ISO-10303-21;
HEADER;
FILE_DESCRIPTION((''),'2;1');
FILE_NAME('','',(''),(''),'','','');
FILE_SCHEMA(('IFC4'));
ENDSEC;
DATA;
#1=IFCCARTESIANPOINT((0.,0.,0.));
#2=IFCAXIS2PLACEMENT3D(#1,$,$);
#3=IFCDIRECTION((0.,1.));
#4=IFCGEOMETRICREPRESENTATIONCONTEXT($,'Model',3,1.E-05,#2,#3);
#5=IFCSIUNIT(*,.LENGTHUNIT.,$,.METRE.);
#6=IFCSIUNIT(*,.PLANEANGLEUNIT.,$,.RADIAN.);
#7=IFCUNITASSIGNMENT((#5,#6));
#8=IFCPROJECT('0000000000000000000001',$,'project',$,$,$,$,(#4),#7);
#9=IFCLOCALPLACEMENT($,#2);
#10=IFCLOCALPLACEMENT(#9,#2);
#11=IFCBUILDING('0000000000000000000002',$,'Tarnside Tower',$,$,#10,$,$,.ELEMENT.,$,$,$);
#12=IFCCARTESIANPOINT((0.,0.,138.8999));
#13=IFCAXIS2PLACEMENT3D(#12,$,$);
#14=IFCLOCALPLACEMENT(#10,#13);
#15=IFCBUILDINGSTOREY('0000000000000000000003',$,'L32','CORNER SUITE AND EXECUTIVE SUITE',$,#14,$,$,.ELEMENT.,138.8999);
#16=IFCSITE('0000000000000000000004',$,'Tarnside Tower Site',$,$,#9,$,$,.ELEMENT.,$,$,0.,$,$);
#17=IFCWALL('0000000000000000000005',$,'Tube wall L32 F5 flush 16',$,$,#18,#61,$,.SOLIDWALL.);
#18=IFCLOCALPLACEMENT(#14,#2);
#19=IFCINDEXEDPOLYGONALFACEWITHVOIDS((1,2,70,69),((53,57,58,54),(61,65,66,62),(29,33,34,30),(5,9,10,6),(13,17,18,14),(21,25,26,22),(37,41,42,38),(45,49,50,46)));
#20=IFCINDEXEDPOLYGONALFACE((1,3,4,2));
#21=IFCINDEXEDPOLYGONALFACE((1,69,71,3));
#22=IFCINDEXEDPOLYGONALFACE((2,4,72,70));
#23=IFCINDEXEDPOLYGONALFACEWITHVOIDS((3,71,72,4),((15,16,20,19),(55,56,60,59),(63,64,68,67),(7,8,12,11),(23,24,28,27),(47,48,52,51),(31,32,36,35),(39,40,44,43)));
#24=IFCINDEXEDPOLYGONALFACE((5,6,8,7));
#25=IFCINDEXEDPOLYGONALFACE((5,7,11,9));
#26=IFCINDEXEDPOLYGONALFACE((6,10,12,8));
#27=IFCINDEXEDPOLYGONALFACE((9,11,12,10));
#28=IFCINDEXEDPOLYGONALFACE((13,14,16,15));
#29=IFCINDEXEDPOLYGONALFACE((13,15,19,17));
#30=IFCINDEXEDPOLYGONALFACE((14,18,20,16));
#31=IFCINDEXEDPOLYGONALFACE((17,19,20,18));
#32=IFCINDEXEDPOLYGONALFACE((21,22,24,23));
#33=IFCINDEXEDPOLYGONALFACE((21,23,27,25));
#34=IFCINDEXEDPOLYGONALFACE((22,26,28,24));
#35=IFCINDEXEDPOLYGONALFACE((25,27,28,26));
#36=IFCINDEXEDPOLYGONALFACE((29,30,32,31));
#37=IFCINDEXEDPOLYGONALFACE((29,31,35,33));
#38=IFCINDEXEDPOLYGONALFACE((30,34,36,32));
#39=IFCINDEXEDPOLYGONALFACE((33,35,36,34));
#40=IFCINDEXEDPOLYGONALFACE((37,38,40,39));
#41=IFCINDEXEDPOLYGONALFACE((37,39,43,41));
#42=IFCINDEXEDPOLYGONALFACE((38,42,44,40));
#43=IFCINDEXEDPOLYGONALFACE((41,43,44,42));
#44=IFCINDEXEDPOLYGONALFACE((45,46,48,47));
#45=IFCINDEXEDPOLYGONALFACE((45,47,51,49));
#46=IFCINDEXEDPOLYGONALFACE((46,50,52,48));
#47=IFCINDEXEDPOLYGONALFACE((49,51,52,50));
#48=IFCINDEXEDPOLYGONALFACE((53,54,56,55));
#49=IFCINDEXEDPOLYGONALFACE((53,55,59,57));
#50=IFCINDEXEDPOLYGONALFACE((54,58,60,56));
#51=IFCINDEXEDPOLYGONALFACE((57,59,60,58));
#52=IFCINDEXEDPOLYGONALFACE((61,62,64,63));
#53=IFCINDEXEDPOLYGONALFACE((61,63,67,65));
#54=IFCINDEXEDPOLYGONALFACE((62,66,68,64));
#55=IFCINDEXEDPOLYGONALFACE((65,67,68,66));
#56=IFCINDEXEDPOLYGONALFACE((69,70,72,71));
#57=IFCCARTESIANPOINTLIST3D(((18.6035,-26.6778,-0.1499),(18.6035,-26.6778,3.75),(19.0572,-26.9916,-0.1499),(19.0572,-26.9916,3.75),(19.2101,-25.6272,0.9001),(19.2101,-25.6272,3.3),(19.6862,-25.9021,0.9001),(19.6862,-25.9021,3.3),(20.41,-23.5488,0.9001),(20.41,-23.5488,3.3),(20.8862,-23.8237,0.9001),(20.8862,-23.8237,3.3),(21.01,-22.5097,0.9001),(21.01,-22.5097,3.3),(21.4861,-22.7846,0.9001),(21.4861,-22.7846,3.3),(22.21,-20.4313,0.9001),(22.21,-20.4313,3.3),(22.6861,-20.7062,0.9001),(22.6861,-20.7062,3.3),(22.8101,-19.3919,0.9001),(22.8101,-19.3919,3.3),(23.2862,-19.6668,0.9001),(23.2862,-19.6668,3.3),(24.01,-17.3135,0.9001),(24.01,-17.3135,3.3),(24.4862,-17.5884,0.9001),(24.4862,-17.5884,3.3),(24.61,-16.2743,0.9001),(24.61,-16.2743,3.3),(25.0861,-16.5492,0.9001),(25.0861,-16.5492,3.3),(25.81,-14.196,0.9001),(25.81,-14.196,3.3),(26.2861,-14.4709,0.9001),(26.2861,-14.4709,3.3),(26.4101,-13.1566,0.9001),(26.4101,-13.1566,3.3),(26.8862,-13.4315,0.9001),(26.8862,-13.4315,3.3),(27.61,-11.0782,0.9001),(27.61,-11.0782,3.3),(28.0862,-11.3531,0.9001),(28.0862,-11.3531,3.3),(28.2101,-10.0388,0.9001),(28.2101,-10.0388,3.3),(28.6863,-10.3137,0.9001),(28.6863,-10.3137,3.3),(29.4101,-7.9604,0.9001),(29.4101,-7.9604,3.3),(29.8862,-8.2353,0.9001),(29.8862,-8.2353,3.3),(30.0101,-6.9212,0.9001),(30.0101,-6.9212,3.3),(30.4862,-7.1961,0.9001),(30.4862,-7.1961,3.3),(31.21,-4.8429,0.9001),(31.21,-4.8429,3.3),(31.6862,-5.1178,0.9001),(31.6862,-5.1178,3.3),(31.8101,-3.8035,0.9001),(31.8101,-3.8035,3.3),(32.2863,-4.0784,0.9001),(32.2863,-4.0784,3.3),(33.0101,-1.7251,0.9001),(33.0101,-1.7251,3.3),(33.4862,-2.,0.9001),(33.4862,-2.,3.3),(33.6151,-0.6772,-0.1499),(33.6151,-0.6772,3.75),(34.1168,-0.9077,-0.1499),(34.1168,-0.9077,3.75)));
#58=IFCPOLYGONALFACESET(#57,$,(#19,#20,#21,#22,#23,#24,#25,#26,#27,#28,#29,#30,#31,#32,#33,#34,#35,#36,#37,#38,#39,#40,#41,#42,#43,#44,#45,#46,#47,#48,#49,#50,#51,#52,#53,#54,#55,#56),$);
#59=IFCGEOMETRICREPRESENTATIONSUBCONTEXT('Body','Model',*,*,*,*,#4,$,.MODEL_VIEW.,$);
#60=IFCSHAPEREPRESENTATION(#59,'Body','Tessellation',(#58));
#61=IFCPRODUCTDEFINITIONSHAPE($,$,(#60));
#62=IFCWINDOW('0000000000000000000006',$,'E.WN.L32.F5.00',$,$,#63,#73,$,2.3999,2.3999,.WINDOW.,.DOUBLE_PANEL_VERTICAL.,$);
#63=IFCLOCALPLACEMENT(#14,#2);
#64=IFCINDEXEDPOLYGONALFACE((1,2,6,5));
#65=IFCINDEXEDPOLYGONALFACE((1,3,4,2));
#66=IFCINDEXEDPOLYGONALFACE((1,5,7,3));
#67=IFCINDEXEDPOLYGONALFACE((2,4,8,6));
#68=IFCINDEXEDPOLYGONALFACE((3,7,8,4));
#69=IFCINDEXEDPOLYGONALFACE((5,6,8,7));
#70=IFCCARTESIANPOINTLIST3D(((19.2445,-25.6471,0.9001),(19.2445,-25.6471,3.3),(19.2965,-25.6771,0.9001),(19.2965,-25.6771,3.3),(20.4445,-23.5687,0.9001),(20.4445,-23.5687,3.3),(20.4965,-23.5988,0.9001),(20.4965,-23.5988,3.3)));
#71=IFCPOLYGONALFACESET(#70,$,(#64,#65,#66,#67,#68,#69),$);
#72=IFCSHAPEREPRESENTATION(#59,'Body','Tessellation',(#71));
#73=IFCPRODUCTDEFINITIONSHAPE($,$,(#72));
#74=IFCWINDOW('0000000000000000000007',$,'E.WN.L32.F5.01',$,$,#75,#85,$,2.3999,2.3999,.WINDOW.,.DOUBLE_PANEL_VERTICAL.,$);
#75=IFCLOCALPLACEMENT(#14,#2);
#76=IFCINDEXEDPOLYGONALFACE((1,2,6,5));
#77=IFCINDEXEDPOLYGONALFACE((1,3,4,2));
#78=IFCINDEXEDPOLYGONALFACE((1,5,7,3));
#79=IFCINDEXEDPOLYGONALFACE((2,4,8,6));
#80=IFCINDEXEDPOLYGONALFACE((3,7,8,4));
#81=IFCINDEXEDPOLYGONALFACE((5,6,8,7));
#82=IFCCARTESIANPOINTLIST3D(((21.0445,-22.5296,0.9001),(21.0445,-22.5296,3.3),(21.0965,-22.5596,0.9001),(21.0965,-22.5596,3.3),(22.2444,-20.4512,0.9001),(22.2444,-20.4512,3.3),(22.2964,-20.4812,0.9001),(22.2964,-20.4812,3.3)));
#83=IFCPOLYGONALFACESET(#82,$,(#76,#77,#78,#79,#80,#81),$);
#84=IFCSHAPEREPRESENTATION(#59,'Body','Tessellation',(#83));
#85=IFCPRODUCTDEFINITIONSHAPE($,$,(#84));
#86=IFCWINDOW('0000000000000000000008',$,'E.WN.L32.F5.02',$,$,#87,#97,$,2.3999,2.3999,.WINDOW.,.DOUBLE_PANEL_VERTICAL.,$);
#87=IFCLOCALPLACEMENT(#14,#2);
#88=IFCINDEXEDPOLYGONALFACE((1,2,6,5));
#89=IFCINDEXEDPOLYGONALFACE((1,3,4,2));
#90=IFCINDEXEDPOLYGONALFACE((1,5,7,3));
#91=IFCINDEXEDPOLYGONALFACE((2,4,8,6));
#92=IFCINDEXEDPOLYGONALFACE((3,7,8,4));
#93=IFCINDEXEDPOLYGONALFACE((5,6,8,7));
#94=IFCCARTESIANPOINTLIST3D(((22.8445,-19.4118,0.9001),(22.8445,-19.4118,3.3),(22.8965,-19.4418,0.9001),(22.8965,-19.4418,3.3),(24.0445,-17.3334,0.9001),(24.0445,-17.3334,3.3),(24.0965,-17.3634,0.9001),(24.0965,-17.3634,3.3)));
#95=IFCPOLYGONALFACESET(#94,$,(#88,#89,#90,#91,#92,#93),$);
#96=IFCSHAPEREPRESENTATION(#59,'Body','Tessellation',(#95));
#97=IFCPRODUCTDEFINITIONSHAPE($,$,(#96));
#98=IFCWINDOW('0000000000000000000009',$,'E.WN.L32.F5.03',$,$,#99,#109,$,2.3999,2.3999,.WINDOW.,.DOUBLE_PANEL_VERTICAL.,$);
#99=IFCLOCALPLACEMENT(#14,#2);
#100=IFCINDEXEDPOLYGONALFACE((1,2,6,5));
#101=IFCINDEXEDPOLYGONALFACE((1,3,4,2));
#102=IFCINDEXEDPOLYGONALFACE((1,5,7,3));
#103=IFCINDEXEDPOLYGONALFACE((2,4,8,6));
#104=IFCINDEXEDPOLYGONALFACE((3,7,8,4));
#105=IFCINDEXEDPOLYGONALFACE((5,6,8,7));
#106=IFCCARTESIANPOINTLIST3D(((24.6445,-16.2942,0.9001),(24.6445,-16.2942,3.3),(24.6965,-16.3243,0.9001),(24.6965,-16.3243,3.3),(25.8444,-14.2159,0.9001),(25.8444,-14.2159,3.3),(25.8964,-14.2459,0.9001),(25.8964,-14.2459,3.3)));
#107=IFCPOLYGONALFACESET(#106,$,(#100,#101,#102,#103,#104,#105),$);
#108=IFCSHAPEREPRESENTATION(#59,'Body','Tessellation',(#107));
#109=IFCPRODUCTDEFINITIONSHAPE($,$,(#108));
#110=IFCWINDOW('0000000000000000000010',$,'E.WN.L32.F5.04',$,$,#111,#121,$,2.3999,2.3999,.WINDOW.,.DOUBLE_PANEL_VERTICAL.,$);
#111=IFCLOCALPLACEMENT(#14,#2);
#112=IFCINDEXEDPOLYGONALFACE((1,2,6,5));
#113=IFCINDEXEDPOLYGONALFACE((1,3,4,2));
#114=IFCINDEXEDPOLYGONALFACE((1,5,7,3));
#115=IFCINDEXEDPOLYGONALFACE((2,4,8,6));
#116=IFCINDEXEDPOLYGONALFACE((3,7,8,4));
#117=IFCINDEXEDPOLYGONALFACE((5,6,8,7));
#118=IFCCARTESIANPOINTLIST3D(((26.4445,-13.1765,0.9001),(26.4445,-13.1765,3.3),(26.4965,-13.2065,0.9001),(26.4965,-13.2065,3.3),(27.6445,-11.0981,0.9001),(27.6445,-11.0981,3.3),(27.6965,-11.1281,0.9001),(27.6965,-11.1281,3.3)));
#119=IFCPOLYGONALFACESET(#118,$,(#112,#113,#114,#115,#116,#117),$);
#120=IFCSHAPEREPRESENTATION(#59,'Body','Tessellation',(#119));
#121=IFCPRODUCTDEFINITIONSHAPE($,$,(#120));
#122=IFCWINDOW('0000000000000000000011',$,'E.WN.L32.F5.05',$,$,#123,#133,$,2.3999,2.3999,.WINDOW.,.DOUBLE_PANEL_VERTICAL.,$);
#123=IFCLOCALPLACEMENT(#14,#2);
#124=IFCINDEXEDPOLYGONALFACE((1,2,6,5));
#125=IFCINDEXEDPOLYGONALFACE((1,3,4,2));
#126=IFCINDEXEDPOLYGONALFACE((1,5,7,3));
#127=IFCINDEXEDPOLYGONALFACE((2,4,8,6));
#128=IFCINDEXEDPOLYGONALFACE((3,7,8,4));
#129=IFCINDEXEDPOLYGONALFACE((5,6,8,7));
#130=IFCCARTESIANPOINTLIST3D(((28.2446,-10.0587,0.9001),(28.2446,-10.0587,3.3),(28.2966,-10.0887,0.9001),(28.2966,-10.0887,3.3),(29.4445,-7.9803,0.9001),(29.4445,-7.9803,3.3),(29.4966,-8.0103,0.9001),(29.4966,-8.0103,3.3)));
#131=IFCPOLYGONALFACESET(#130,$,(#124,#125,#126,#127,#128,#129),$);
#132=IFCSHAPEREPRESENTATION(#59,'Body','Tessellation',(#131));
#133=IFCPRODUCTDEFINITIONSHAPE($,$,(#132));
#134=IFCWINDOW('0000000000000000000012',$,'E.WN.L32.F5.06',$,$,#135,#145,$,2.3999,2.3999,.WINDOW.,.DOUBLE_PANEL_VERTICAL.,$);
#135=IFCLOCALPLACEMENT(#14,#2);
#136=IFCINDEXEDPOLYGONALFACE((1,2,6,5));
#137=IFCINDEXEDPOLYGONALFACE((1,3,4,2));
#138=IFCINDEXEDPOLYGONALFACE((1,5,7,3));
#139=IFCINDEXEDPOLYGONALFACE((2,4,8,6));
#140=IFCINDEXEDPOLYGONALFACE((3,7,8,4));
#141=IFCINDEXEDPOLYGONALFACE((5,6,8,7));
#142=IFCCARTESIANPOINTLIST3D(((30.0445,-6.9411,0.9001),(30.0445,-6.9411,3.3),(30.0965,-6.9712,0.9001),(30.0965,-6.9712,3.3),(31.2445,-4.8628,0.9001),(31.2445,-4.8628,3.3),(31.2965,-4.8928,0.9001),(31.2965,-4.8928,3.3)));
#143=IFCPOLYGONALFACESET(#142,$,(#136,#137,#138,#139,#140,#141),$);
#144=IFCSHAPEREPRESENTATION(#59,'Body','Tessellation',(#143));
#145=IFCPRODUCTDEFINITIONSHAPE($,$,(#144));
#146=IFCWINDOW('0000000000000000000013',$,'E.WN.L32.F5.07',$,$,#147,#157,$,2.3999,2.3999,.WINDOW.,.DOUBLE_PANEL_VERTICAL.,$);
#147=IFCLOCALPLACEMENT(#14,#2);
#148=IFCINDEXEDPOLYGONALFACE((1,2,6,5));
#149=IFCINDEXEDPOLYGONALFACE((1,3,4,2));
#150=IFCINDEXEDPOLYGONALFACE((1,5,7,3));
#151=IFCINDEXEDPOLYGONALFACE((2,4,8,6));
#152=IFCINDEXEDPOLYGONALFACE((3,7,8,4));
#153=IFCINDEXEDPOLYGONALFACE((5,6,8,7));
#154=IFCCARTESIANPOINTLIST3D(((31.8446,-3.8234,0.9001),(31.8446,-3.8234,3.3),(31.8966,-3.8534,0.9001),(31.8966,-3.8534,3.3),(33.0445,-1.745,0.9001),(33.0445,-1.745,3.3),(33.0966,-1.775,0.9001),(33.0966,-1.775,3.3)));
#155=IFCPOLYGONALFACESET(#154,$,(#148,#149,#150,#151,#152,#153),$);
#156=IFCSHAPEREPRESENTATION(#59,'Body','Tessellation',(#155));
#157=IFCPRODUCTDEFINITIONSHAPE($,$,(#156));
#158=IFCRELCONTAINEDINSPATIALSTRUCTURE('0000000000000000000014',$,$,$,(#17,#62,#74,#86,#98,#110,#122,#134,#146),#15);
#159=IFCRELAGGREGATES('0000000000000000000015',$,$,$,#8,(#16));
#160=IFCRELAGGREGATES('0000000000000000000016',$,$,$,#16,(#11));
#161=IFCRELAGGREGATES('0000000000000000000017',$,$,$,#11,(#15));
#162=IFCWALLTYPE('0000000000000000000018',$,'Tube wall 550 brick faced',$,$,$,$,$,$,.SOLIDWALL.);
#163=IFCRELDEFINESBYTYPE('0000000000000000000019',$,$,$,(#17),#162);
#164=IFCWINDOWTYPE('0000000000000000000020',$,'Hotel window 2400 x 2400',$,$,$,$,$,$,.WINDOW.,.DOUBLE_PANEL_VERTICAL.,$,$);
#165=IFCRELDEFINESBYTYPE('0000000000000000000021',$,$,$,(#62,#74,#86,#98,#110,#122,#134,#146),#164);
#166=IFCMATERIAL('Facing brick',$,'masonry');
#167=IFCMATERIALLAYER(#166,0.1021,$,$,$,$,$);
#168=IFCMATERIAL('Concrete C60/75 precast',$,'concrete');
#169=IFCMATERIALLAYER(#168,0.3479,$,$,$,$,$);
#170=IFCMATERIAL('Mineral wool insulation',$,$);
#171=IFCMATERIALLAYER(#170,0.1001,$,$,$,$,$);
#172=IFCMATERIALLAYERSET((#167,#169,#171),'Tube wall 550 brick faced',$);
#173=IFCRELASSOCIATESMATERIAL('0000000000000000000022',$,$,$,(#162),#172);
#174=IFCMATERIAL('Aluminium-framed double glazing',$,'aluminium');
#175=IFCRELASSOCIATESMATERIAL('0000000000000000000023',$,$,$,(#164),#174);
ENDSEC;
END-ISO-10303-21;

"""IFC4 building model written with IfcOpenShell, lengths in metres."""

from ifc_helpers import new_model, si_unit, direction, frame, frame_2d, origin, place, context, subcontext, project, spatial, polyline, rectangle, outline, extrude, material, layer, layer_set, type_object, element, fill, save


model = new_model("IFC4")

# Units and contexts
model_context = context("Model", 3, precision=1e-05, world=origin(), true_north=direction((0.0, 1.0)))
body_context = subcontext(model_context, "Body", "Model", "MODEL_VIEW")
ifc_project = project(units=[si_unit("LENGTHUNIT", "METRE"), si_unit("PLANEANGLEUNIT", "RADIAN")], contexts=[model_context])

# Site, building, storey
site_placement = place(None, origin())
site = spatial("IfcSite", under=ifc_project, at=site_placement, Name="Tarnside Tower Site", CompositionType="ELEMENT", RefElevation=0.0)
building_placement = place(site_placement, origin())
building = spatial("IfcBuilding", under=site, at=building_placement, Name="Tarnside Tower", CompositionType="ELEMENT")
storey_placement = place(building_placement, frame((0.0, 0.0, 138.8999)))
storey = spatial("IfcBuildingStorey", under=building, at=storey_placement, Name="L32", Description="CORNER SUITE AND EXECUTIVE SUITE", CompositionType="ELEMENT", Elevation=138.8999)

# Shared definitions
ifc_material_1 = material(Name="Facing brick", Category="masonry")
ifc_layer_1 = layer(ifc_material_1, 0.1021)
ifc_material_2 = material(Name="Concrete C60/75 precast", Category="concrete")
ifc_layer_2 = layer(ifc_material_2, 0.3479)
ifc_material_3 = material(Name="Mineral wool insulation")
ifc_layer_3 = layer(ifc_material_3, 0.1001)
ifc_layer_set_1 = layer_set([ifc_layer_1, ifc_layer_2, ifc_layer_3], Name="Tube wall 550 brick faced")
wall_type_1 = type_object("IfcWallType", Name="Tube wall 550 brick faced", PredefinedType="SOLIDWALL", material=ifc_layer_set_1)

# Wall, openings, windows
wall_1_placement = place(storey_placement, frame((18.8303, -26.8347, -0.1499), z_axis=(0.0, 0.0, 1.0), x_axis=(0.500004, 0.866023, 0.0)))
wall_1 = element("IfcWall", 1, at=wall_1_placement, inside=storey, type_object=wall_type_1, Name="Tube wall L32 F5 flush 16", PredefinedType="SOLIDWALL", context=body_context, shape_type="SweptSolid", body=[
    extrude(outline(polyline([(-0.0225, -0.2749), (30.0967, -0.2749), (30.0454, 0.2749), (0.0225, 0.2749), (-0.0225, -0.2749)])), origin(), (0.0, 0.0, 1.0), 3.8999),
])
opening_1_placement = place(wall_1_placement, frame((1.2356, 0.0, 1.05)))
opening_1 = element("IfcOpeningElement", 2, at=opening_1_placement, cuts=wall_1, PredefinedType="OPENING", context=body_context, shape_type="SweptSolid", body=[
    extrude(rectangle(XDim=2.3999, YDim=2.3999, at=frame_2d((1.2, 1.2))), frame((0.0, 0.2852, 0.0), z_axis=(0.0, -1.0, 0.0), x_axis=(1.0, 0.0, 0.0)), (0.0, 0.0, 1.0), 0.5701),
])
opening_2_placement = place(wall_1_placement, frame((4.8354, 0.0, 1.05)))
opening_2 = element("IfcOpeningElement", 3, at=opening_2_placement, cuts=wall_1, PredefinedType="OPENING", context=body_context, shape_type="SweptSolid", body=[
    extrude(rectangle(XDim=2.3999, YDim=2.3999, at=frame_2d((1.2, 1.2))), frame((0.0, 0.2852, 0.0), z_axis=(0.0, -1.0, 0.0), x_axis=(1.0, 0.0, 0.0)), (0.0, 0.0, 1.0), 0.5701),
])
opening_3_placement = place(wall_1_placement, frame((8.4355, 0.0, 1.05)))
opening_3 = element("IfcOpeningElement", 4, at=opening_3_placement, cuts=wall_1, PredefinedType="OPENING", context=body_context, shape_type="SweptSolid", body=[
    extrude(rectangle(XDim=2.3999, YDim=2.3999, at=frame_2d((1.2, 1.2))), frame((0.0, 0.2852, 0.0), z_axis=(0.0, -1.0, 0.0), x_axis=(1.0, 0.0, 0.0)), (0.0, 0.0, 1.0), 0.5701),
])
opening_4_placement = place(wall_1_placement, frame((12.0354, 0.0, 1.05)))
opening_4 = element("IfcOpeningElement", 5, at=opening_4_placement, cuts=wall_1, PredefinedType="OPENING", context=body_context, shape_type="SweptSolid", body=[
    extrude(rectangle(XDim=2.3999, YDim=2.3999, at=frame_2d((1.2, 1.2))), frame((0.0, 0.2852, 0.0), z_axis=(0.0, -1.0, 0.0), x_axis=(1.0, 0.0, 0.0)), (0.0, 0.0, 1.0), 0.5701),
])
opening_5_placement = place(wall_1_placement, frame((15.6355, 0.0, 1.05)))
opening_5 = element("IfcOpeningElement", 6, at=opening_5_placement, cuts=wall_1, PredefinedType="OPENING", context=body_context, shape_type="SweptSolid", body=[
    extrude(rectangle(XDim=2.3999, YDim=2.3999, at=frame_2d((1.2, 1.2))), frame((0.0, 0.2852, 0.0), z_axis=(0.0, -1.0, 0.0), x_axis=(1.0, 0.0, 0.0)), (0.0, 0.0, 1.0), 0.5701),
])
opening_6_placement = place(wall_1_placement, frame((19.2356, 0.0, 1.05)))
opening_6 = element("IfcOpeningElement", 7, at=opening_6_placement, cuts=wall_1, PredefinedType="OPENING", context=body_context, shape_type="SweptSolid", body=[
    extrude(rectangle(XDim=2.3999, YDim=2.3999, at=frame_2d((1.2, 1.2))), frame((0.0, 0.2852, 0.0), z_axis=(0.0, -1.0, 0.0), x_axis=(1.0, 0.0, 0.0)), (0.0, 0.0, 1.0), 0.5701),
])
opening_7_placement = place(wall_1_placement, frame((22.8354, 0.0, 1.05)))
opening_7 = element("IfcOpeningElement", 8, at=opening_7_placement, cuts=wall_1, PredefinedType="OPENING", context=body_context, shape_type="SweptSolid", body=[
    extrude(rectangle(XDim=2.3999, YDim=2.3999, at=frame_2d((1.2, 1.2))), frame((0.0, 0.2852, 0.0), z_axis=(0.0, -1.0, 0.0), x_axis=(1.0, 0.0, 0.0)), (0.0, 0.0, 1.0), 0.5701),
])
opening_8_placement = place(wall_1_placement, frame((26.4355, 0.0, 1.05)))
opening_8 = element("IfcOpeningElement", 9, at=opening_8_placement, cuts=wall_1, PredefinedType="OPENING", context=body_context, shape_type="SweptSolid", body=[
    extrude(rectangle(XDim=2.3999, YDim=2.3999, at=frame_2d((1.2, 1.2))), frame((0.0, 0.2852, 0.0), z_axis=(0.0, -1.0, 0.0), x_axis=(1.0, 0.0, 0.0)), (0.0, 0.0, 1.0), 0.5701),
])
ifc_material_4 = material(Name="Aluminium-framed double glazing", Category="aluminium")
window_type = type_object("IfcWindowType", Name="Hotel window 2400 x 2400", PartitioningType="DOUBLE_PANEL_VERTICAL", PredefinedType="WINDOW", material=ifc_material_4)
window_1_placement = place(opening_1_placement, frame((0.0, 0.2051, 0.0)))
window_1 = element("IfcWindow", 10, at=window_1_placement, inside=storey, type_object=window_type, Name="E.WN.L32.F5.00", OverallHeight=2.3999, OverallWidth=2.3999, PartitioningType="DOUBLE_PANEL_VERTICAL", PredefinedType="WINDOW", context=body_context, shape_type="SweptSolid", body=[
    extrude(rectangle(XDim=2.3999, YDim=2.3999, at=frame_2d((1.2, 1.2))), frame((0.0, 0.03, 0.0), z_axis=(0.0, -1.0, 0.0), x_axis=(1.0, 0.0, 0.0)), (0.0, 0.0, 1.0), 0.0601),
])
fill(opening_1, window_1)
window_2_placement = place(opening_2_placement, frame((0.0, 0.2051, 0.0)))
window_2 = element("IfcWindow", 11, at=window_2_placement, inside=storey, type_object=window_type, Name="E.WN.L32.F5.01", OverallHeight=2.3999, OverallWidth=2.3999, PartitioningType="DOUBLE_PANEL_VERTICAL", PredefinedType="WINDOW", context=body_context, shape_type="SweptSolid", body=[
    extrude(rectangle(XDim=2.3999, YDim=2.3999, at=frame_2d((1.2, 1.2))), frame((0.0, 0.03, 0.0), z_axis=(0.0, -1.0, 0.0), x_axis=(1.0, 0.0, 0.0)), (0.0, 0.0, 1.0), 0.0601),
])
fill(opening_2, window_2)
window_3_placement = place(opening_3_placement, frame((0.0, 0.2051, 0.0)))
window_3 = element("IfcWindow", 12, at=window_3_placement, inside=storey, type_object=window_type, Name="E.WN.L32.F5.02", OverallHeight=2.3999, OverallWidth=2.3999, PartitioningType="DOUBLE_PANEL_VERTICAL", PredefinedType="WINDOW", context=body_context, shape_type="SweptSolid", body=[
    extrude(rectangle(XDim=2.3999, YDim=2.3999, at=frame_2d((1.2, 1.2))), frame((0.0, 0.03, 0.0), z_axis=(0.0, -1.0, 0.0), x_axis=(1.0, 0.0, 0.0)), (0.0, 0.0, 1.0), 0.0601),
])
fill(opening_3, window_3)
window_4_placement = place(opening_4_placement, frame((0.0, 0.2051, 0.0)))
window_4 = element("IfcWindow", 13, at=window_4_placement, inside=storey, type_object=window_type, Name="E.WN.L32.F5.03", OverallHeight=2.3999, OverallWidth=2.3999, PartitioningType="DOUBLE_PANEL_VERTICAL", PredefinedType="WINDOW", context=body_context, shape_type="SweptSolid", body=[
    extrude(rectangle(XDim=2.3999, YDim=2.3999, at=frame_2d((1.2, 1.2))), frame((0.0, 0.03, 0.0), z_axis=(0.0, -1.0, 0.0), x_axis=(1.0, 0.0, 0.0)), (0.0, 0.0, 1.0), 0.0601),
])
fill(opening_4, window_4)
window_5_placement = place(opening_5_placement, frame((0.0, 0.2051, 0.0)))
window_5 = element("IfcWindow", 14, at=window_5_placement, inside=storey, type_object=window_type, Name="E.WN.L32.F5.04", OverallHeight=2.3999, OverallWidth=2.3999, PartitioningType="DOUBLE_PANEL_VERTICAL", PredefinedType="WINDOW", context=body_context, shape_type="SweptSolid", body=[
    extrude(rectangle(XDim=2.3999, YDim=2.3999, at=frame_2d((1.2, 1.2))), frame((0.0, 0.03, 0.0), z_axis=(0.0, -1.0, 0.0), x_axis=(1.0, 0.0, 0.0)), (0.0, 0.0, 1.0), 0.0601),
])
fill(opening_5, window_5)
window_6_placement = place(opening_6_placement, frame((0.0, 0.2051, 0.0)))
window_6 = element("IfcWindow", 15, at=window_6_placement, inside=storey, type_object=window_type, Name="E.WN.L32.F5.05", OverallHeight=2.3999, OverallWidth=2.3999, PartitioningType="DOUBLE_PANEL_VERTICAL", PredefinedType="WINDOW", context=body_context, shape_type="SweptSolid", body=[
    extrude(rectangle(XDim=2.3999, YDim=2.3999, at=frame_2d((1.2, 1.2))), frame((0.0, 0.03, 0.0), z_axis=(0.0, -1.0, 0.0), x_axis=(1.0, 0.0, 0.0)), (0.0, 0.0, 1.0), 0.0601),
])
fill(opening_6, window_6)
window_7_placement = place(opening_7_placement, frame((0.0, 0.2051, 0.0)))
window_7 = element("IfcWindow", 16, at=window_7_placement, inside=storey, type_object=window_type, Name="E.WN.L32.F5.06", OverallHeight=2.3999, OverallWidth=2.3999, PartitioningType="DOUBLE_PANEL_VERTICAL", PredefinedType="WINDOW", context=body_context, shape_type="SweptSolid", body=[
    extrude(rectangle(XDim=2.3999, YDim=2.3999, at=frame_2d((1.2, 1.2))), frame((0.0, 0.03, 0.0), z_axis=(0.0, -1.0, 0.0), x_axis=(1.0, 0.0, 0.0)), (0.0, 0.0, 1.0), 0.0601),
])
fill(opening_7, window_7)
window_8_placement = place(opening_8_placement, frame((0.0, 0.2051, 0.0)))
window_8 = element("IfcWindow", 17, at=window_8_placement, inside=storey, type_object=window_type, Name="E.WN.L32.F5.07", OverallHeight=2.3999, OverallWidth=2.3999, PartitioningType="DOUBLE_PANEL_VERTICAL", PredefinedType="WINDOW", context=body_context, shape_type="SweptSolid", body=[
    extrude(rectangle(XDim=2.3999, YDim=2.3999, at=frame_2d((1.2, 1.2))), frame((0.0, 0.03, 0.0), z_axis=(0.0, -1.0, 0.0), x_axis=(1.0, 0.0, 0.0)), (0.0, 0.0, 1.0), 0.0601),
])
fill(opening_8, window_8)

save(model, "model.ifc")
